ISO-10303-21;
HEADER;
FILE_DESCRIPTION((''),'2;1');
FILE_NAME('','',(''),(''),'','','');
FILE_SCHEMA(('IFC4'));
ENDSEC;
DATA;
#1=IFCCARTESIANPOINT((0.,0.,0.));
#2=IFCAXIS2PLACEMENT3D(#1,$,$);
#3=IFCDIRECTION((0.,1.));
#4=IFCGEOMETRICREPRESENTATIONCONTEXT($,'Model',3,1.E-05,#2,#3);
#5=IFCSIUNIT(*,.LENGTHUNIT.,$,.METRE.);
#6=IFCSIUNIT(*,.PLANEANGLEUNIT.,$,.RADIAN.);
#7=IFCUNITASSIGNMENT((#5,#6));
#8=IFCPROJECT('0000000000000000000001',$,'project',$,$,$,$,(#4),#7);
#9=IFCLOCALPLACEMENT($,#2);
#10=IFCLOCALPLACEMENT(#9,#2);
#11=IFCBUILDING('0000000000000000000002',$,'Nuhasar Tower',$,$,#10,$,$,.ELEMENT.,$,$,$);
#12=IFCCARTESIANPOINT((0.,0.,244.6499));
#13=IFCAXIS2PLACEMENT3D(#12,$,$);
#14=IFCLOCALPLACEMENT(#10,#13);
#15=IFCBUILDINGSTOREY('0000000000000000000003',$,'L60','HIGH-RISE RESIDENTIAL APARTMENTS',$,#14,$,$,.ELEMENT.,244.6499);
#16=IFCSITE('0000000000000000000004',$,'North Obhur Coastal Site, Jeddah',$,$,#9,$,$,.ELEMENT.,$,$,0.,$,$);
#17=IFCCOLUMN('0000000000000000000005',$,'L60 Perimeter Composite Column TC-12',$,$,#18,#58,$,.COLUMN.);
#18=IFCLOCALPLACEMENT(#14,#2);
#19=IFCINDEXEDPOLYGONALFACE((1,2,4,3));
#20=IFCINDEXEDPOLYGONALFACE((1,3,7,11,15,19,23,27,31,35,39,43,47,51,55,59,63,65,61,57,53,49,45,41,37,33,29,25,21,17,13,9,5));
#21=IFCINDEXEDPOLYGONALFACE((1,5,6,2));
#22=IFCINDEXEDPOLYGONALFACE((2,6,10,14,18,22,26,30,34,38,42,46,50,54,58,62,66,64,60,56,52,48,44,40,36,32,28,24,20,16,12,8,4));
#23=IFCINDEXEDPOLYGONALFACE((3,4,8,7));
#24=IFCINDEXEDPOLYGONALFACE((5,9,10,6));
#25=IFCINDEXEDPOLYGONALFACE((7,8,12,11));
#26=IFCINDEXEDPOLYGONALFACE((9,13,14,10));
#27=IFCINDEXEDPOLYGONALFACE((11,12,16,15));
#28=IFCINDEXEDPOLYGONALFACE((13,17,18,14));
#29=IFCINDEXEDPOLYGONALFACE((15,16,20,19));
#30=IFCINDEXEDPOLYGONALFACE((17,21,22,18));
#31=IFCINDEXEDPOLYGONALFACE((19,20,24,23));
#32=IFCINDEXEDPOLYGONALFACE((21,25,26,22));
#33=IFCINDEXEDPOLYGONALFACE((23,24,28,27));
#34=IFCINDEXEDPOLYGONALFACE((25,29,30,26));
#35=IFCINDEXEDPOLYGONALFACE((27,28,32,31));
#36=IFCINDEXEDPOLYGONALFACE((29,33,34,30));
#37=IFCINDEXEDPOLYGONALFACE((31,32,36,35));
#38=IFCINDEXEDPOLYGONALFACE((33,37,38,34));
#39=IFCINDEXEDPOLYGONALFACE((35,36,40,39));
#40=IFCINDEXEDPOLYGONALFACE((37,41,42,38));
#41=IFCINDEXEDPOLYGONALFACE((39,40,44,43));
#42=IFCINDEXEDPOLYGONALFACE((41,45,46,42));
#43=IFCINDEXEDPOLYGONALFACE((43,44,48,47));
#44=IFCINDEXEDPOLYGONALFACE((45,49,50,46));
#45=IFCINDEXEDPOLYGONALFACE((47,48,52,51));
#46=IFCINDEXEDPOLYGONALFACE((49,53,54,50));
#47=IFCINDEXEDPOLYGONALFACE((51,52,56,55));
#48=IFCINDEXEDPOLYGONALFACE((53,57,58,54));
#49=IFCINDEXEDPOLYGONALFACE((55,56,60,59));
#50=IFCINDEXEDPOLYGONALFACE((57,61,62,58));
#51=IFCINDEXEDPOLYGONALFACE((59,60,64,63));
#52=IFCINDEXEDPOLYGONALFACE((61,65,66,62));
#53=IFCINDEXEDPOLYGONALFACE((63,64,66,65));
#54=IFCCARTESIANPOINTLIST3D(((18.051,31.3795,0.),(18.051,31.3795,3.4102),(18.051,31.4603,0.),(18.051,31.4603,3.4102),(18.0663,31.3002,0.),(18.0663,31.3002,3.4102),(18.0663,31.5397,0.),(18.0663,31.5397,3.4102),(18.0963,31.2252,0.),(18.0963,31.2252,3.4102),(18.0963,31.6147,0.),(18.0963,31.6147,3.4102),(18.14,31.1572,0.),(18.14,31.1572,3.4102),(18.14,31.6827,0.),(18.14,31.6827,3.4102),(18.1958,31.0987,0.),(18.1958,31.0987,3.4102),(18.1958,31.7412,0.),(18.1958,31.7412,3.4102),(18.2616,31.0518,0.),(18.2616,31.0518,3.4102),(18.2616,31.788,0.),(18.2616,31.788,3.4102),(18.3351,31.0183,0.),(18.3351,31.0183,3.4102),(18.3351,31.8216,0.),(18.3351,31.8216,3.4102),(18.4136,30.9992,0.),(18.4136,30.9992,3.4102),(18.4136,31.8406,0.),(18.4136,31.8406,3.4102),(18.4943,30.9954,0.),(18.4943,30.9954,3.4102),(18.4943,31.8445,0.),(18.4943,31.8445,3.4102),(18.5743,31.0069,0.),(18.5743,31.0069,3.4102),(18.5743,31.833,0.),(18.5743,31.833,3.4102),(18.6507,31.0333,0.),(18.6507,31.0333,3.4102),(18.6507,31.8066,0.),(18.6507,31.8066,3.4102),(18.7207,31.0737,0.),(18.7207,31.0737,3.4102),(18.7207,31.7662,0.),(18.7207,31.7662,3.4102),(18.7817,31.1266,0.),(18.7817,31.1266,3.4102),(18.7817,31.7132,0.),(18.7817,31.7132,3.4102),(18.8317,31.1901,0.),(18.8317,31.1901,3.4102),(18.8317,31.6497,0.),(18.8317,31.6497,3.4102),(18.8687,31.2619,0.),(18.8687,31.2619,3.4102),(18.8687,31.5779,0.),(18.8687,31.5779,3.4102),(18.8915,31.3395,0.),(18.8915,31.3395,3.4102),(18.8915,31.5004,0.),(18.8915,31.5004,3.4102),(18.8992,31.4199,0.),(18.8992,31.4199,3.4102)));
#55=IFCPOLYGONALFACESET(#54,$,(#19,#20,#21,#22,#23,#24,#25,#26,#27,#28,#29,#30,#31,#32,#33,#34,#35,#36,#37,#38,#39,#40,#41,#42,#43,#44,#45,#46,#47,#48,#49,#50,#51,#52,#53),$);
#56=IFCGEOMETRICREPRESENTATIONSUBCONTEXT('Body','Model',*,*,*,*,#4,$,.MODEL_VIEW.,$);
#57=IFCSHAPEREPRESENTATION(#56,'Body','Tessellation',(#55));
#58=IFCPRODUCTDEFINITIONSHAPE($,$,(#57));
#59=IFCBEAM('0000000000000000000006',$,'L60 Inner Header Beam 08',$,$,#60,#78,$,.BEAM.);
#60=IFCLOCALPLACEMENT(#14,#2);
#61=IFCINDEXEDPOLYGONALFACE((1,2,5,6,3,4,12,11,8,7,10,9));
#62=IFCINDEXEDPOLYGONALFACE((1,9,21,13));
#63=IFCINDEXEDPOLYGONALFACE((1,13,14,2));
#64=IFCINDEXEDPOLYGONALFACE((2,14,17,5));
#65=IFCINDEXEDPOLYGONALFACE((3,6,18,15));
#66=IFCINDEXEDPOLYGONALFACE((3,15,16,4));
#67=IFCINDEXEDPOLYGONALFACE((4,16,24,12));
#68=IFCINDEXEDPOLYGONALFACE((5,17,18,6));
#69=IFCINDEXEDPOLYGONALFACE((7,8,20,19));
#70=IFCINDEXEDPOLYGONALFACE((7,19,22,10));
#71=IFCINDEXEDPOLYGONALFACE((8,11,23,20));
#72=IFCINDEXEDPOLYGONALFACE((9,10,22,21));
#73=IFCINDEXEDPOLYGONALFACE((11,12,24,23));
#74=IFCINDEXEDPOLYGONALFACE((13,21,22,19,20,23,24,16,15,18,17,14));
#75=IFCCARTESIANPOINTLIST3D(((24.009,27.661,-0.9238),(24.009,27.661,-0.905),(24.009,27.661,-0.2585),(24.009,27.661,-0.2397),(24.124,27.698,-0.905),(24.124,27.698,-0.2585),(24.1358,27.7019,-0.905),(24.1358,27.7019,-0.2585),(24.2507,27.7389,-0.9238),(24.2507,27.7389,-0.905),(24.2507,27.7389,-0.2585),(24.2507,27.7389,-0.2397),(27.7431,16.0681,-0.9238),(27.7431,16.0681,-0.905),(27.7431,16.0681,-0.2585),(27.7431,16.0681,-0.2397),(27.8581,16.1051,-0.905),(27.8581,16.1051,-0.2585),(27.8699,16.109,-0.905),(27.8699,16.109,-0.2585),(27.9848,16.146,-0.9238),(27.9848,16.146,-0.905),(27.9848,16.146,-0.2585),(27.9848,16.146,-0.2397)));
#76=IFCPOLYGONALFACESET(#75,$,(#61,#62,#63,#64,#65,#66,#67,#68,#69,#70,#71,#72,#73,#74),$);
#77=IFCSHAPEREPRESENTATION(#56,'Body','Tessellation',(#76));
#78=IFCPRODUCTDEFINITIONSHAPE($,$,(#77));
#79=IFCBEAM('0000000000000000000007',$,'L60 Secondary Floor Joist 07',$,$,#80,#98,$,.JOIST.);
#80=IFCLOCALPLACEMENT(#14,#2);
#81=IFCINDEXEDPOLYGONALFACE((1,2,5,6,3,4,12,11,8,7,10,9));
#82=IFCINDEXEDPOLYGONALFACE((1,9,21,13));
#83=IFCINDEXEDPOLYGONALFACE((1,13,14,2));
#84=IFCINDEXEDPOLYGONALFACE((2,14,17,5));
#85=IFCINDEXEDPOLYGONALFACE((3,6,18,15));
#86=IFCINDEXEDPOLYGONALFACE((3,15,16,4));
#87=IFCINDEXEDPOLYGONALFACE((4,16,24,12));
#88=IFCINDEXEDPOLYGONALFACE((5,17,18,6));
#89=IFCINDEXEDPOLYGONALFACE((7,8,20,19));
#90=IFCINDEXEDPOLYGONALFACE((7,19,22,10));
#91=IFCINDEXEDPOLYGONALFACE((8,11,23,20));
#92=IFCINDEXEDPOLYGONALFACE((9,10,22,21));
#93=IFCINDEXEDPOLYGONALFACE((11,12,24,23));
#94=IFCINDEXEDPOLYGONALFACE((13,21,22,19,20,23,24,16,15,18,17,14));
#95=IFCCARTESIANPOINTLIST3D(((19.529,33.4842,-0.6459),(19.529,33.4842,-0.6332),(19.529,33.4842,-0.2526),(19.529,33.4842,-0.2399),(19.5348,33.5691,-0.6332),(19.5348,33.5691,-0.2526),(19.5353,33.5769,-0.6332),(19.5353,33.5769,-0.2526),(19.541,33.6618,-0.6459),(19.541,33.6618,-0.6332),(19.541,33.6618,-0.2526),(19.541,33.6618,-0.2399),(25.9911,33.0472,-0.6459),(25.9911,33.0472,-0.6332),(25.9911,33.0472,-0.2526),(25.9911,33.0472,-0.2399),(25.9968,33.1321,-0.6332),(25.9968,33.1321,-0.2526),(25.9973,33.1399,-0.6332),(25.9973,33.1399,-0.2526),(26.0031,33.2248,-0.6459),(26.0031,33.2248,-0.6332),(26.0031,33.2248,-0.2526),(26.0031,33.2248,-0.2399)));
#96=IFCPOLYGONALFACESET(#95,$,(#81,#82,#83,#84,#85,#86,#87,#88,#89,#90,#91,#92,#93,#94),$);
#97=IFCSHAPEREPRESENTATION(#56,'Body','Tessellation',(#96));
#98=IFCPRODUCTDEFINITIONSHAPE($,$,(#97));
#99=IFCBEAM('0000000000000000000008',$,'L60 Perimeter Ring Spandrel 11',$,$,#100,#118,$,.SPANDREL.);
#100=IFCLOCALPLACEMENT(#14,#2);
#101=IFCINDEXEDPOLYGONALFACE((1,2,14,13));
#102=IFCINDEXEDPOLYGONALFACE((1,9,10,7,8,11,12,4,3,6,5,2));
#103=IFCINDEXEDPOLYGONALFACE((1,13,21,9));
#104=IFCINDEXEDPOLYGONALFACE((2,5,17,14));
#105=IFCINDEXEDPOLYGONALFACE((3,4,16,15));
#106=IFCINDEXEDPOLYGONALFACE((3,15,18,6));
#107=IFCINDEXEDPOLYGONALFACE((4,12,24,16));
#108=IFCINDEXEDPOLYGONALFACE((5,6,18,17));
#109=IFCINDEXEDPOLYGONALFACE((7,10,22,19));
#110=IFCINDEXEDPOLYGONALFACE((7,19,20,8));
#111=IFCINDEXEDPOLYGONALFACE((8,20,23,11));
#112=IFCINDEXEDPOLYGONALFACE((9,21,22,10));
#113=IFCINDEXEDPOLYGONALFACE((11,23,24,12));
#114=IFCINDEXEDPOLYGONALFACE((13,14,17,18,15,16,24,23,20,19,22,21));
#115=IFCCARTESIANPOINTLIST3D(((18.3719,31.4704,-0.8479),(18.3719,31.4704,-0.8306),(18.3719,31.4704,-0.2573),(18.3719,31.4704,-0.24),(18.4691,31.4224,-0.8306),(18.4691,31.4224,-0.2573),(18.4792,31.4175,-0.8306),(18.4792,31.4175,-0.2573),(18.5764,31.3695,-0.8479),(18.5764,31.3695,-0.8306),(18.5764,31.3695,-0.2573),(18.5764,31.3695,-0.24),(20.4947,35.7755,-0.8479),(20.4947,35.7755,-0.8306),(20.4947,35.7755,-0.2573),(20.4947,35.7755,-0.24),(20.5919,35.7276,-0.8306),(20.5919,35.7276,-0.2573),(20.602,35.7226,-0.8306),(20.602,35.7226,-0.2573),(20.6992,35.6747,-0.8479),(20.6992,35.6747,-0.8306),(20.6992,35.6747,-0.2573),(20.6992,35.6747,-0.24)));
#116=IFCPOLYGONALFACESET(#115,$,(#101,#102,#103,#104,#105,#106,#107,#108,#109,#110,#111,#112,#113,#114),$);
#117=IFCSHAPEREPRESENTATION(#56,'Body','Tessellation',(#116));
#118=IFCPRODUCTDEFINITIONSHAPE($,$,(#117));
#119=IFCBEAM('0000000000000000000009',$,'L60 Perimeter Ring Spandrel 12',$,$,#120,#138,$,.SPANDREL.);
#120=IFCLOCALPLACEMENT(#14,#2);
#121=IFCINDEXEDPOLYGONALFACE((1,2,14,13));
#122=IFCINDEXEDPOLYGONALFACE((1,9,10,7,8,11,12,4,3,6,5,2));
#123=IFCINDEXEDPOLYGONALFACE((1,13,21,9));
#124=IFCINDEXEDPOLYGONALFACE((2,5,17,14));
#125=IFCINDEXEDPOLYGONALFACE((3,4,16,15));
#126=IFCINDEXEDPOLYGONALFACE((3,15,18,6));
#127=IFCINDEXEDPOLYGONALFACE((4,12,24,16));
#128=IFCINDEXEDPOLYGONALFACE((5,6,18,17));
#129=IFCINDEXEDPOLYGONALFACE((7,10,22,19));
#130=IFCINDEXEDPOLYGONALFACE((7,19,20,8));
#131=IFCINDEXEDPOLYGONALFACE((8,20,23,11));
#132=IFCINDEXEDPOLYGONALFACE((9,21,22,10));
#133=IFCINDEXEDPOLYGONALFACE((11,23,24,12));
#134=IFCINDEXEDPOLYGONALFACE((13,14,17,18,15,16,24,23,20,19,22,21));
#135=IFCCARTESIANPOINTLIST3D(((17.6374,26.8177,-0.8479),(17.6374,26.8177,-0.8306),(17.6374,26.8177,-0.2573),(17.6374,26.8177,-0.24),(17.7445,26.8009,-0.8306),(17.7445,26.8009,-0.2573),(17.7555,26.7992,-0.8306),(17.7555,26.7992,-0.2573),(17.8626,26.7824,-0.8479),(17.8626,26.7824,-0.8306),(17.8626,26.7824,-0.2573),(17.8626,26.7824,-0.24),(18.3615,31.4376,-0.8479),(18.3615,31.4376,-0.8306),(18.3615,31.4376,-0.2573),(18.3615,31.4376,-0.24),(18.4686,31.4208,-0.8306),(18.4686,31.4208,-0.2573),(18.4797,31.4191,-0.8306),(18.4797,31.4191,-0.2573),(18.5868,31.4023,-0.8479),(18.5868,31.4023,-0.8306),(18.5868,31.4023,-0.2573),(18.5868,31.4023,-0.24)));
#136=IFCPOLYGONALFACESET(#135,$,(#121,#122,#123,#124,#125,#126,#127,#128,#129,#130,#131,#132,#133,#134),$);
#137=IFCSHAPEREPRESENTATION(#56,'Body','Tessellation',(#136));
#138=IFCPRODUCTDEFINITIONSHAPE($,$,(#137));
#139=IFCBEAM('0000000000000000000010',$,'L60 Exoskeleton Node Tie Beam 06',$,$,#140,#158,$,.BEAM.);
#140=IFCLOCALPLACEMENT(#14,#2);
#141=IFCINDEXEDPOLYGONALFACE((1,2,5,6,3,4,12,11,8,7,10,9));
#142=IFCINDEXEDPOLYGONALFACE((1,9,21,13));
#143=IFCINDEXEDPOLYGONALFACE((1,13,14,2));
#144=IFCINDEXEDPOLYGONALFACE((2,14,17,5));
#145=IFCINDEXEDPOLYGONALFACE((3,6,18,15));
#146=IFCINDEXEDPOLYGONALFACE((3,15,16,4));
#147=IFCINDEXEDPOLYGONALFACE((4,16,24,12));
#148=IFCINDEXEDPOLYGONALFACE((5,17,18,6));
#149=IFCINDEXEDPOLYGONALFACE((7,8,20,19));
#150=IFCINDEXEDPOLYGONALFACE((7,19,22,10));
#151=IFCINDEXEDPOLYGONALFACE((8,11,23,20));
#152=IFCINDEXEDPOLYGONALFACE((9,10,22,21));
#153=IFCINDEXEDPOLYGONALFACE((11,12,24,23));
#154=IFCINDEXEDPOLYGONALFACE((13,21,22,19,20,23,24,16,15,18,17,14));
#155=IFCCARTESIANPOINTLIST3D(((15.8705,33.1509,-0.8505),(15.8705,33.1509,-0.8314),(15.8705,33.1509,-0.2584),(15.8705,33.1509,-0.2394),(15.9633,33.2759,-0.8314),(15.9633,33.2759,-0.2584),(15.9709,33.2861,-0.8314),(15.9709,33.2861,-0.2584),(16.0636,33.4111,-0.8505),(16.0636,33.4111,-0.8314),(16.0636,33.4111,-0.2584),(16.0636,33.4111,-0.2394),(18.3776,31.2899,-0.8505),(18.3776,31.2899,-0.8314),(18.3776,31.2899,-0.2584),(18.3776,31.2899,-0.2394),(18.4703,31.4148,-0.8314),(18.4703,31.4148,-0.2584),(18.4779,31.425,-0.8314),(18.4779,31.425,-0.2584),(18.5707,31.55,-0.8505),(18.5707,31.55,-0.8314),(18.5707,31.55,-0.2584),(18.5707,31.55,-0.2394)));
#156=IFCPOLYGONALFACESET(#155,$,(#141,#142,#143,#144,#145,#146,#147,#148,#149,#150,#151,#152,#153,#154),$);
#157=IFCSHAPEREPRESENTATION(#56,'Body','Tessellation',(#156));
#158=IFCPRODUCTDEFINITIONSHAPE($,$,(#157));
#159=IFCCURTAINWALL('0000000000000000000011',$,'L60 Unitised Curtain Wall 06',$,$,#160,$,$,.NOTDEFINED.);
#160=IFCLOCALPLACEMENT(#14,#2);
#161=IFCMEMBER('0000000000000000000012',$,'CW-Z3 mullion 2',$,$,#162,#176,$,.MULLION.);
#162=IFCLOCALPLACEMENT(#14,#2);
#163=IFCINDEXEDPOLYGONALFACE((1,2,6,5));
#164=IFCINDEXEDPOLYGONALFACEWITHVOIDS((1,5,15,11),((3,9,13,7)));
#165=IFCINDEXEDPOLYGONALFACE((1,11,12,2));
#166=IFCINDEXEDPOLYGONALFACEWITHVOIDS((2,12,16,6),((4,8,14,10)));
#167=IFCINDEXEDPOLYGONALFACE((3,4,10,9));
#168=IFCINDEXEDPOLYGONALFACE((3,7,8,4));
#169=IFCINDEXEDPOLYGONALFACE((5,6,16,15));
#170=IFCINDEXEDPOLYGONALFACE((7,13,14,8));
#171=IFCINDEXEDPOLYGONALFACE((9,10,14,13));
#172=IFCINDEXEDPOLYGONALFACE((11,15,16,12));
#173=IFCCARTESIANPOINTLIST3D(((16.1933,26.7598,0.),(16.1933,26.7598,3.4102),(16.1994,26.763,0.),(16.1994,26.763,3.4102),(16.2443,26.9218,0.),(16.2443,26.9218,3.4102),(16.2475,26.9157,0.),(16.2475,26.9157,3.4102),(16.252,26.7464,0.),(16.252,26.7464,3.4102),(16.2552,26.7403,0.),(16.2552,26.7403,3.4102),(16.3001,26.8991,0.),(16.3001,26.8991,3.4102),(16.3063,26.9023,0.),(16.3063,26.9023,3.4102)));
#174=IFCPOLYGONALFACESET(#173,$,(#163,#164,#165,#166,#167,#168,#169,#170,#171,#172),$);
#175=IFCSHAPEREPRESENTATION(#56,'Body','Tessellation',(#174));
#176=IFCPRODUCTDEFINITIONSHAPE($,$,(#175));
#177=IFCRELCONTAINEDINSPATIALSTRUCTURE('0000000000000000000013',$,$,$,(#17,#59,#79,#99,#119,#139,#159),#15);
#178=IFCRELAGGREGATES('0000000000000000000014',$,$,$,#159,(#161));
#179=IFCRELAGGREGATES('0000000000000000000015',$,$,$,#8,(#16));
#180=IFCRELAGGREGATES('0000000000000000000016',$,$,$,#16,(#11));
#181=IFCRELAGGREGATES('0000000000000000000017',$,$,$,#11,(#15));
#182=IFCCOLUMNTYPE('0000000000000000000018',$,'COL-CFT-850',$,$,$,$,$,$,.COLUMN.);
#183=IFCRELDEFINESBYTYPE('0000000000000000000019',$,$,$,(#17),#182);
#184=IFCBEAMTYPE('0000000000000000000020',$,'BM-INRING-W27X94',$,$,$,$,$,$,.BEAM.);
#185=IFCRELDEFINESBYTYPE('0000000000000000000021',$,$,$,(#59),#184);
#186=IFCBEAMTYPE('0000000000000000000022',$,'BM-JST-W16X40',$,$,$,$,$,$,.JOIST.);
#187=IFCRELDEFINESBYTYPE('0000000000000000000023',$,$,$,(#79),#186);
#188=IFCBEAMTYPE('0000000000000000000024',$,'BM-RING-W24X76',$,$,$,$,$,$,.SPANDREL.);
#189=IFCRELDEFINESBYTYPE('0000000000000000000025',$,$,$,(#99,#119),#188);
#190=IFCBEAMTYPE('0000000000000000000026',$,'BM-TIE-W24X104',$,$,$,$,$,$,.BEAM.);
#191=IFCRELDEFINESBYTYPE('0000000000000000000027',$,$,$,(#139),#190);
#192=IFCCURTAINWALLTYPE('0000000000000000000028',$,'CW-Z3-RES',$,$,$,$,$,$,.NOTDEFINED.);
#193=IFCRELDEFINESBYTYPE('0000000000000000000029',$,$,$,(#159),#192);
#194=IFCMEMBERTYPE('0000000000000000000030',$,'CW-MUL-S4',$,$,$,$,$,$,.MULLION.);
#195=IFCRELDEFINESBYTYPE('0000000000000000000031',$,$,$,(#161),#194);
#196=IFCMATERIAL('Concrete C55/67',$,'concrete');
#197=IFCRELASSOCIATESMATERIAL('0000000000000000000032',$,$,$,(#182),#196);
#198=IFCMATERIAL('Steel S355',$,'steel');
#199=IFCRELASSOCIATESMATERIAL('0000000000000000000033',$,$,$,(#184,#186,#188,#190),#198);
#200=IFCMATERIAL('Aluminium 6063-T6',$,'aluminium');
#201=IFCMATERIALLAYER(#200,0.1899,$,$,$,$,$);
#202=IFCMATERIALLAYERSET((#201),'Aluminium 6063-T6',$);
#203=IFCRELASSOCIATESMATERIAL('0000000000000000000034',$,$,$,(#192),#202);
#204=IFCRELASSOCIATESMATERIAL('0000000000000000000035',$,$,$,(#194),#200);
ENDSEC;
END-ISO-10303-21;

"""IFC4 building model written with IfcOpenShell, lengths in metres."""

from ifc_helpers import new_model, si_unit, direction, frame, origin, origin_2d, place, context, subcontext, project, spatial, hollow_rectangle, circle, i_section, extrude, material, layer, layer_set, material_profile, profile_set, type_object, element, aggregate, save


model = new_model("IFC4")

# Units and contexts
model_context = context("Model", 3, precision=1e-05, world=origin(), true_north=direction((0.0, 1.0)))
body_context = subcontext(model_context, "Body", "Model", "MODEL_VIEW")
ifc_project = project(units=[si_unit("LENGTHUNIT", "METRE"), si_unit("PLANEANGLEUNIT", "RADIAN")], contexts=[model_context])

# Site, building, storey
site_placement = place(None, origin())
site = spatial("IfcSite", under=ifc_project, at=site_placement, Name="North Obhur Coastal Site, Jeddah", CompositionType="ELEMENT", RefElevation=0.0)
building_placement = place(site_placement, origin())
building = spatial("IfcBuilding", under=site, at=building_placement, Name="Nuhasar Tower", CompositionType="ELEMENT")
storey_placement = place(building_placement, frame((0.0, 0.0, 244.6499)))
storey = spatial("IfcBuildingStorey", under=building, at=storey_placement, Name="L60", Description="HIGH-RISE RESIDENTIAL APARTMENTS", CompositionType="ELEMENT", Elevation=244.6499)

# Column
ifc_material_1 = material(Name="Concrete C55/67", Category="concrete")
ifc_material_profile_1 = material_profile(ifc_material_1, circle(Radius=0.425, at=origin_2d()), Name="CFT850")
ifc_profile_set_1 = profile_set([ifc_material_profile_1], Name="Concrete C55/67")
column_type = type_object("IfcColumnType", Name="COL-CFT-850", PredefinedType="COLUMN", material=ifc_profile_set_1)
column_placement = place(storey_placement, frame((18.4741, 31.4199, 0.0), z_axis=(0.0, 0.0, 1.0), x_axis=(1.0, 0.0, 0.0)))
element("IfcColumn", 1, at=column_placement, inside=storey, type_object=column_type, Name="L60 Perimeter Composite Column TC-12", PredefinedType="COLUMN", context=body_context, shape_type="SweptSolid", body=[
    extrude(circle(Radius=0.425, at=origin_2d()), origin(), (0.0, 0.0, 1.0), 3.4102),
])

# Beams
ifc_material_2 = material(Name="Steel S355", Category="steel")
ifc_material_profile_2 = material_profile(ifc_material_2, i_section(OverallWidth=0.2539, OverallDepth=0.6841, WebThickness=0.0125, FlangeThickness=0.0188, at=origin_2d()), Name="W27X94")
ifc_profile_set_2 = profile_set([ifc_material_profile_2], Name="Steel S355")
beam_type_1 = type_object("IfcBeamType", Name="BM-INRING-W27X94", PredefinedType="BEAM", material=ifc_profile_set_2)
beam_1_placement = place(storey_placement, frame((24.1299, 27.7, -0.5818), z_axis=(0.30659, -0.951842, 0.0), x_axis=(0.951842, 0.30659, 0.0)))
element("IfcBeam", 2, at=beam_1_placement, inside=storey, type_object=beam_type_1, Name="L60 Inner Header Beam 08", PredefinedType="BEAM", context=body_context, shape_type="SweptSolid", body=[
    extrude(i_section(OverallWidth=0.2539, OverallDepth=0.6841, WebThickness=0.0125, FlangeThickness=0.0188, at=origin_2d()), origin(), (0.0, 0.0, 1.0), 12.1794),
])
ifc_material_profile_3 = material_profile(ifc_material_2, i_section(OverallWidth=0.178, OverallDepth=0.406, WebThickness=0.0078, FlangeThickness=0.0127, at=origin_2d()), Name="W16X40")
ifc_profile_set_3 = profile_set([ifc_material_profile_3], Name="Steel S355")
beam_type_2 = type_object("IfcBeamType", Name="BM-JST-W16X40", PredefinedType="JOIST", material=ifc_profile_set_3)
beam_2_placement = place(storey_placement, frame((25.9971, 33.136, -0.4429), z_axis=(-0.997721, 0.067472, 0.0), x_axis=(-0.067472, -0.997721, 0.0)))
element("IfcBeam", 3, at=beam_2_placement, inside=storey, type_object=beam_type_2, Name="L60 Secondary Floor Joist 07", PredefinedType="JOIST", context=body_context, shape_type="SweptSolid", body=[
    extrude(i_section(OverallWidth=0.178, OverallDepth=0.406, WebThickness=0.0078, FlangeThickness=0.0127, at=origin_2d()), origin(), (0.0, 0.0, 1.0), 6.4768),
])
ifc_material_profile_4 = material_profile(ifc_material_2, i_section(OverallWidth=0.228, OverallDepth=0.6079, WebThickness=0.0112, FlangeThickness=0.0173, at=origin_2d()), Name="W24X76")
ifc_profile_set_4 = profile_set([ifc_material_profile_4], Name="Steel S355")
beam_type_3 = type_object("IfcBeamType", Name="BM-RING-W24X76", PredefinedType="SPANDREL", material=ifc_profile_set_4)
beam_3_placement = place(storey_placement, frame((20.5969, 35.7251, -0.5439), z_axis=(-0.442243, -0.896895, 0.0), x_axis=(0.896895, -0.442243, 0.0)))
element("IfcBeam", 4, at=beam_3_placement, inside=storey, type_object=beam_type_3, Name="L60 Perimeter Ring Spandrel 11", PredefinedType="SPANDREL", context=body_context, shape_type="SweptSolid", body=[
    extrude(i_section(OverallWidth=0.228, OverallDepth=0.6079, WebThickness=0.0112, FlangeThickness=0.0173, at=origin_2d()), origin(), (0.0, 0.0, 1.0), 4.8),
])
beam_4_placement = place(storey_placement, frame((18.4741, 31.4199, -0.5439), z_axis=(-0.15485, -0.987938, 0.0), x_axis=(0.987938, -0.15485, 0.0)))
element("IfcBeam", 5, at=beam_4_placement, inside=storey, type_object=beam_type_3, Name="L60 Perimeter Ring Spandrel 12", PredefinedType="SPANDREL", context=body_context, shape_type="SweptSolid", body=[
    extrude(i_section(OverallWidth=0.228, OverallDepth=0.6079, WebThickness=0.0112, FlangeThickness=0.0173, at=origin_2d()), origin(), (0.0, 0.0, 1.0), 4.6763),
])
ifc_material_profile_5 = material_profile(ifc_material_2, i_section(OverallWidth=0.324, OverallDepth=0.6111, WebThickness=0.0127, FlangeThickness=0.019, at=origin_2d()), Name="W24X104")
ifc_profile_set_5 = profile_set([ifc_material_profile_5], Name="Steel S355")
beam_type_4 = type_object("IfcBeamType", Name="BM-TIE-W24X104", PredefinedType="BEAM", material=ifc_profile_set_5)
beam_5_placement = place(storey_placement, frame((18.4741, 31.4199, -0.5449), z_axis=(-0.802946, 0.596052, 0.0), x_axis=(-0.596052, -0.802946, 0.0)))
element("IfcBeam", 6, at=beam_5_placement, inside=storey, type_object=beam_type_4, Name="L60 Exoskeleton Node Tie Beam 06", PredefinedType="BEAM", context=body_context, shape_type="SweptSolid", body=[
    extrude(i_section(OverallWidth=0.324, OverallDepth=0.6111, WebThickness=0.0127, FlangeThickness=0.019, at=origin_2d()), origin(), (0.0, 0.0, 1.0), 3.1223),
])

# Curtain wall, member
ifc_material_3 = material(Name="Aluminium 6063-T6", Category="aluminium")
ifc_layer_1 = layer(ifc_material_3, 0.1899)
ifc_layer_set_1 = layer_set([ifc_layer_1], Name="Aluminium 6063-T6")
curtain_wall_type = type_object("IfcCurtainWallType", Name="CW-Z3-RES", PredefinedType="NOTDEFINED", material=ifc_layer_set_1)
curtain_wall_placement = place(storey_placement, origin())
curtain_wall = element("IfcCurtainWall", 7, at=curtain_wall_placement, inside=storey, type_object=curtain_wall_type, Name="L60 Unitised Curtain Wall 06", PredefinedType="NOTDEFINED")
ifc_material_profile_6 = material_profile(ifc_material_3, hollow_rectangle(XDim=0.0649, YDim=0.1699, WallThickness=0.0049, at=origin_2d()), Name="CWM-4")
ifc_profile_set_6 = profile_set([ifc_material_profile_6], Name="Aluminium 6063-T6")
member_type_1 = type_object("IfcMemberType", Name="CW-MUL-S4", PredefinedType="MULLION", material=ifc_profile_set_6)
member_1_placement = place(storey_placement, frame((16.2498, 26.8311, 0.0), z_axis=(0.0, 0.0, 1.0), x_axis=(0.953804, -0.300429, 0.0)))
member_1 = element("IfcMember", 8, at=member_1_placement, type_object=member_type_1, Name="CW-Z3 mullion 2", PredefinedType="MULLION", context=body_context, shape_type="SweptSolid", body=[
    extrude(hollow_rectangle(XDim=0.0649, YDim=0.1699, WallThickness=0.0049, at=origin_2d()), origin(), (0.0, 0.0, 1.0), 3.4102),
])

aggregate(curtain_wall, [member_1])

save(model, "model.ifc")
